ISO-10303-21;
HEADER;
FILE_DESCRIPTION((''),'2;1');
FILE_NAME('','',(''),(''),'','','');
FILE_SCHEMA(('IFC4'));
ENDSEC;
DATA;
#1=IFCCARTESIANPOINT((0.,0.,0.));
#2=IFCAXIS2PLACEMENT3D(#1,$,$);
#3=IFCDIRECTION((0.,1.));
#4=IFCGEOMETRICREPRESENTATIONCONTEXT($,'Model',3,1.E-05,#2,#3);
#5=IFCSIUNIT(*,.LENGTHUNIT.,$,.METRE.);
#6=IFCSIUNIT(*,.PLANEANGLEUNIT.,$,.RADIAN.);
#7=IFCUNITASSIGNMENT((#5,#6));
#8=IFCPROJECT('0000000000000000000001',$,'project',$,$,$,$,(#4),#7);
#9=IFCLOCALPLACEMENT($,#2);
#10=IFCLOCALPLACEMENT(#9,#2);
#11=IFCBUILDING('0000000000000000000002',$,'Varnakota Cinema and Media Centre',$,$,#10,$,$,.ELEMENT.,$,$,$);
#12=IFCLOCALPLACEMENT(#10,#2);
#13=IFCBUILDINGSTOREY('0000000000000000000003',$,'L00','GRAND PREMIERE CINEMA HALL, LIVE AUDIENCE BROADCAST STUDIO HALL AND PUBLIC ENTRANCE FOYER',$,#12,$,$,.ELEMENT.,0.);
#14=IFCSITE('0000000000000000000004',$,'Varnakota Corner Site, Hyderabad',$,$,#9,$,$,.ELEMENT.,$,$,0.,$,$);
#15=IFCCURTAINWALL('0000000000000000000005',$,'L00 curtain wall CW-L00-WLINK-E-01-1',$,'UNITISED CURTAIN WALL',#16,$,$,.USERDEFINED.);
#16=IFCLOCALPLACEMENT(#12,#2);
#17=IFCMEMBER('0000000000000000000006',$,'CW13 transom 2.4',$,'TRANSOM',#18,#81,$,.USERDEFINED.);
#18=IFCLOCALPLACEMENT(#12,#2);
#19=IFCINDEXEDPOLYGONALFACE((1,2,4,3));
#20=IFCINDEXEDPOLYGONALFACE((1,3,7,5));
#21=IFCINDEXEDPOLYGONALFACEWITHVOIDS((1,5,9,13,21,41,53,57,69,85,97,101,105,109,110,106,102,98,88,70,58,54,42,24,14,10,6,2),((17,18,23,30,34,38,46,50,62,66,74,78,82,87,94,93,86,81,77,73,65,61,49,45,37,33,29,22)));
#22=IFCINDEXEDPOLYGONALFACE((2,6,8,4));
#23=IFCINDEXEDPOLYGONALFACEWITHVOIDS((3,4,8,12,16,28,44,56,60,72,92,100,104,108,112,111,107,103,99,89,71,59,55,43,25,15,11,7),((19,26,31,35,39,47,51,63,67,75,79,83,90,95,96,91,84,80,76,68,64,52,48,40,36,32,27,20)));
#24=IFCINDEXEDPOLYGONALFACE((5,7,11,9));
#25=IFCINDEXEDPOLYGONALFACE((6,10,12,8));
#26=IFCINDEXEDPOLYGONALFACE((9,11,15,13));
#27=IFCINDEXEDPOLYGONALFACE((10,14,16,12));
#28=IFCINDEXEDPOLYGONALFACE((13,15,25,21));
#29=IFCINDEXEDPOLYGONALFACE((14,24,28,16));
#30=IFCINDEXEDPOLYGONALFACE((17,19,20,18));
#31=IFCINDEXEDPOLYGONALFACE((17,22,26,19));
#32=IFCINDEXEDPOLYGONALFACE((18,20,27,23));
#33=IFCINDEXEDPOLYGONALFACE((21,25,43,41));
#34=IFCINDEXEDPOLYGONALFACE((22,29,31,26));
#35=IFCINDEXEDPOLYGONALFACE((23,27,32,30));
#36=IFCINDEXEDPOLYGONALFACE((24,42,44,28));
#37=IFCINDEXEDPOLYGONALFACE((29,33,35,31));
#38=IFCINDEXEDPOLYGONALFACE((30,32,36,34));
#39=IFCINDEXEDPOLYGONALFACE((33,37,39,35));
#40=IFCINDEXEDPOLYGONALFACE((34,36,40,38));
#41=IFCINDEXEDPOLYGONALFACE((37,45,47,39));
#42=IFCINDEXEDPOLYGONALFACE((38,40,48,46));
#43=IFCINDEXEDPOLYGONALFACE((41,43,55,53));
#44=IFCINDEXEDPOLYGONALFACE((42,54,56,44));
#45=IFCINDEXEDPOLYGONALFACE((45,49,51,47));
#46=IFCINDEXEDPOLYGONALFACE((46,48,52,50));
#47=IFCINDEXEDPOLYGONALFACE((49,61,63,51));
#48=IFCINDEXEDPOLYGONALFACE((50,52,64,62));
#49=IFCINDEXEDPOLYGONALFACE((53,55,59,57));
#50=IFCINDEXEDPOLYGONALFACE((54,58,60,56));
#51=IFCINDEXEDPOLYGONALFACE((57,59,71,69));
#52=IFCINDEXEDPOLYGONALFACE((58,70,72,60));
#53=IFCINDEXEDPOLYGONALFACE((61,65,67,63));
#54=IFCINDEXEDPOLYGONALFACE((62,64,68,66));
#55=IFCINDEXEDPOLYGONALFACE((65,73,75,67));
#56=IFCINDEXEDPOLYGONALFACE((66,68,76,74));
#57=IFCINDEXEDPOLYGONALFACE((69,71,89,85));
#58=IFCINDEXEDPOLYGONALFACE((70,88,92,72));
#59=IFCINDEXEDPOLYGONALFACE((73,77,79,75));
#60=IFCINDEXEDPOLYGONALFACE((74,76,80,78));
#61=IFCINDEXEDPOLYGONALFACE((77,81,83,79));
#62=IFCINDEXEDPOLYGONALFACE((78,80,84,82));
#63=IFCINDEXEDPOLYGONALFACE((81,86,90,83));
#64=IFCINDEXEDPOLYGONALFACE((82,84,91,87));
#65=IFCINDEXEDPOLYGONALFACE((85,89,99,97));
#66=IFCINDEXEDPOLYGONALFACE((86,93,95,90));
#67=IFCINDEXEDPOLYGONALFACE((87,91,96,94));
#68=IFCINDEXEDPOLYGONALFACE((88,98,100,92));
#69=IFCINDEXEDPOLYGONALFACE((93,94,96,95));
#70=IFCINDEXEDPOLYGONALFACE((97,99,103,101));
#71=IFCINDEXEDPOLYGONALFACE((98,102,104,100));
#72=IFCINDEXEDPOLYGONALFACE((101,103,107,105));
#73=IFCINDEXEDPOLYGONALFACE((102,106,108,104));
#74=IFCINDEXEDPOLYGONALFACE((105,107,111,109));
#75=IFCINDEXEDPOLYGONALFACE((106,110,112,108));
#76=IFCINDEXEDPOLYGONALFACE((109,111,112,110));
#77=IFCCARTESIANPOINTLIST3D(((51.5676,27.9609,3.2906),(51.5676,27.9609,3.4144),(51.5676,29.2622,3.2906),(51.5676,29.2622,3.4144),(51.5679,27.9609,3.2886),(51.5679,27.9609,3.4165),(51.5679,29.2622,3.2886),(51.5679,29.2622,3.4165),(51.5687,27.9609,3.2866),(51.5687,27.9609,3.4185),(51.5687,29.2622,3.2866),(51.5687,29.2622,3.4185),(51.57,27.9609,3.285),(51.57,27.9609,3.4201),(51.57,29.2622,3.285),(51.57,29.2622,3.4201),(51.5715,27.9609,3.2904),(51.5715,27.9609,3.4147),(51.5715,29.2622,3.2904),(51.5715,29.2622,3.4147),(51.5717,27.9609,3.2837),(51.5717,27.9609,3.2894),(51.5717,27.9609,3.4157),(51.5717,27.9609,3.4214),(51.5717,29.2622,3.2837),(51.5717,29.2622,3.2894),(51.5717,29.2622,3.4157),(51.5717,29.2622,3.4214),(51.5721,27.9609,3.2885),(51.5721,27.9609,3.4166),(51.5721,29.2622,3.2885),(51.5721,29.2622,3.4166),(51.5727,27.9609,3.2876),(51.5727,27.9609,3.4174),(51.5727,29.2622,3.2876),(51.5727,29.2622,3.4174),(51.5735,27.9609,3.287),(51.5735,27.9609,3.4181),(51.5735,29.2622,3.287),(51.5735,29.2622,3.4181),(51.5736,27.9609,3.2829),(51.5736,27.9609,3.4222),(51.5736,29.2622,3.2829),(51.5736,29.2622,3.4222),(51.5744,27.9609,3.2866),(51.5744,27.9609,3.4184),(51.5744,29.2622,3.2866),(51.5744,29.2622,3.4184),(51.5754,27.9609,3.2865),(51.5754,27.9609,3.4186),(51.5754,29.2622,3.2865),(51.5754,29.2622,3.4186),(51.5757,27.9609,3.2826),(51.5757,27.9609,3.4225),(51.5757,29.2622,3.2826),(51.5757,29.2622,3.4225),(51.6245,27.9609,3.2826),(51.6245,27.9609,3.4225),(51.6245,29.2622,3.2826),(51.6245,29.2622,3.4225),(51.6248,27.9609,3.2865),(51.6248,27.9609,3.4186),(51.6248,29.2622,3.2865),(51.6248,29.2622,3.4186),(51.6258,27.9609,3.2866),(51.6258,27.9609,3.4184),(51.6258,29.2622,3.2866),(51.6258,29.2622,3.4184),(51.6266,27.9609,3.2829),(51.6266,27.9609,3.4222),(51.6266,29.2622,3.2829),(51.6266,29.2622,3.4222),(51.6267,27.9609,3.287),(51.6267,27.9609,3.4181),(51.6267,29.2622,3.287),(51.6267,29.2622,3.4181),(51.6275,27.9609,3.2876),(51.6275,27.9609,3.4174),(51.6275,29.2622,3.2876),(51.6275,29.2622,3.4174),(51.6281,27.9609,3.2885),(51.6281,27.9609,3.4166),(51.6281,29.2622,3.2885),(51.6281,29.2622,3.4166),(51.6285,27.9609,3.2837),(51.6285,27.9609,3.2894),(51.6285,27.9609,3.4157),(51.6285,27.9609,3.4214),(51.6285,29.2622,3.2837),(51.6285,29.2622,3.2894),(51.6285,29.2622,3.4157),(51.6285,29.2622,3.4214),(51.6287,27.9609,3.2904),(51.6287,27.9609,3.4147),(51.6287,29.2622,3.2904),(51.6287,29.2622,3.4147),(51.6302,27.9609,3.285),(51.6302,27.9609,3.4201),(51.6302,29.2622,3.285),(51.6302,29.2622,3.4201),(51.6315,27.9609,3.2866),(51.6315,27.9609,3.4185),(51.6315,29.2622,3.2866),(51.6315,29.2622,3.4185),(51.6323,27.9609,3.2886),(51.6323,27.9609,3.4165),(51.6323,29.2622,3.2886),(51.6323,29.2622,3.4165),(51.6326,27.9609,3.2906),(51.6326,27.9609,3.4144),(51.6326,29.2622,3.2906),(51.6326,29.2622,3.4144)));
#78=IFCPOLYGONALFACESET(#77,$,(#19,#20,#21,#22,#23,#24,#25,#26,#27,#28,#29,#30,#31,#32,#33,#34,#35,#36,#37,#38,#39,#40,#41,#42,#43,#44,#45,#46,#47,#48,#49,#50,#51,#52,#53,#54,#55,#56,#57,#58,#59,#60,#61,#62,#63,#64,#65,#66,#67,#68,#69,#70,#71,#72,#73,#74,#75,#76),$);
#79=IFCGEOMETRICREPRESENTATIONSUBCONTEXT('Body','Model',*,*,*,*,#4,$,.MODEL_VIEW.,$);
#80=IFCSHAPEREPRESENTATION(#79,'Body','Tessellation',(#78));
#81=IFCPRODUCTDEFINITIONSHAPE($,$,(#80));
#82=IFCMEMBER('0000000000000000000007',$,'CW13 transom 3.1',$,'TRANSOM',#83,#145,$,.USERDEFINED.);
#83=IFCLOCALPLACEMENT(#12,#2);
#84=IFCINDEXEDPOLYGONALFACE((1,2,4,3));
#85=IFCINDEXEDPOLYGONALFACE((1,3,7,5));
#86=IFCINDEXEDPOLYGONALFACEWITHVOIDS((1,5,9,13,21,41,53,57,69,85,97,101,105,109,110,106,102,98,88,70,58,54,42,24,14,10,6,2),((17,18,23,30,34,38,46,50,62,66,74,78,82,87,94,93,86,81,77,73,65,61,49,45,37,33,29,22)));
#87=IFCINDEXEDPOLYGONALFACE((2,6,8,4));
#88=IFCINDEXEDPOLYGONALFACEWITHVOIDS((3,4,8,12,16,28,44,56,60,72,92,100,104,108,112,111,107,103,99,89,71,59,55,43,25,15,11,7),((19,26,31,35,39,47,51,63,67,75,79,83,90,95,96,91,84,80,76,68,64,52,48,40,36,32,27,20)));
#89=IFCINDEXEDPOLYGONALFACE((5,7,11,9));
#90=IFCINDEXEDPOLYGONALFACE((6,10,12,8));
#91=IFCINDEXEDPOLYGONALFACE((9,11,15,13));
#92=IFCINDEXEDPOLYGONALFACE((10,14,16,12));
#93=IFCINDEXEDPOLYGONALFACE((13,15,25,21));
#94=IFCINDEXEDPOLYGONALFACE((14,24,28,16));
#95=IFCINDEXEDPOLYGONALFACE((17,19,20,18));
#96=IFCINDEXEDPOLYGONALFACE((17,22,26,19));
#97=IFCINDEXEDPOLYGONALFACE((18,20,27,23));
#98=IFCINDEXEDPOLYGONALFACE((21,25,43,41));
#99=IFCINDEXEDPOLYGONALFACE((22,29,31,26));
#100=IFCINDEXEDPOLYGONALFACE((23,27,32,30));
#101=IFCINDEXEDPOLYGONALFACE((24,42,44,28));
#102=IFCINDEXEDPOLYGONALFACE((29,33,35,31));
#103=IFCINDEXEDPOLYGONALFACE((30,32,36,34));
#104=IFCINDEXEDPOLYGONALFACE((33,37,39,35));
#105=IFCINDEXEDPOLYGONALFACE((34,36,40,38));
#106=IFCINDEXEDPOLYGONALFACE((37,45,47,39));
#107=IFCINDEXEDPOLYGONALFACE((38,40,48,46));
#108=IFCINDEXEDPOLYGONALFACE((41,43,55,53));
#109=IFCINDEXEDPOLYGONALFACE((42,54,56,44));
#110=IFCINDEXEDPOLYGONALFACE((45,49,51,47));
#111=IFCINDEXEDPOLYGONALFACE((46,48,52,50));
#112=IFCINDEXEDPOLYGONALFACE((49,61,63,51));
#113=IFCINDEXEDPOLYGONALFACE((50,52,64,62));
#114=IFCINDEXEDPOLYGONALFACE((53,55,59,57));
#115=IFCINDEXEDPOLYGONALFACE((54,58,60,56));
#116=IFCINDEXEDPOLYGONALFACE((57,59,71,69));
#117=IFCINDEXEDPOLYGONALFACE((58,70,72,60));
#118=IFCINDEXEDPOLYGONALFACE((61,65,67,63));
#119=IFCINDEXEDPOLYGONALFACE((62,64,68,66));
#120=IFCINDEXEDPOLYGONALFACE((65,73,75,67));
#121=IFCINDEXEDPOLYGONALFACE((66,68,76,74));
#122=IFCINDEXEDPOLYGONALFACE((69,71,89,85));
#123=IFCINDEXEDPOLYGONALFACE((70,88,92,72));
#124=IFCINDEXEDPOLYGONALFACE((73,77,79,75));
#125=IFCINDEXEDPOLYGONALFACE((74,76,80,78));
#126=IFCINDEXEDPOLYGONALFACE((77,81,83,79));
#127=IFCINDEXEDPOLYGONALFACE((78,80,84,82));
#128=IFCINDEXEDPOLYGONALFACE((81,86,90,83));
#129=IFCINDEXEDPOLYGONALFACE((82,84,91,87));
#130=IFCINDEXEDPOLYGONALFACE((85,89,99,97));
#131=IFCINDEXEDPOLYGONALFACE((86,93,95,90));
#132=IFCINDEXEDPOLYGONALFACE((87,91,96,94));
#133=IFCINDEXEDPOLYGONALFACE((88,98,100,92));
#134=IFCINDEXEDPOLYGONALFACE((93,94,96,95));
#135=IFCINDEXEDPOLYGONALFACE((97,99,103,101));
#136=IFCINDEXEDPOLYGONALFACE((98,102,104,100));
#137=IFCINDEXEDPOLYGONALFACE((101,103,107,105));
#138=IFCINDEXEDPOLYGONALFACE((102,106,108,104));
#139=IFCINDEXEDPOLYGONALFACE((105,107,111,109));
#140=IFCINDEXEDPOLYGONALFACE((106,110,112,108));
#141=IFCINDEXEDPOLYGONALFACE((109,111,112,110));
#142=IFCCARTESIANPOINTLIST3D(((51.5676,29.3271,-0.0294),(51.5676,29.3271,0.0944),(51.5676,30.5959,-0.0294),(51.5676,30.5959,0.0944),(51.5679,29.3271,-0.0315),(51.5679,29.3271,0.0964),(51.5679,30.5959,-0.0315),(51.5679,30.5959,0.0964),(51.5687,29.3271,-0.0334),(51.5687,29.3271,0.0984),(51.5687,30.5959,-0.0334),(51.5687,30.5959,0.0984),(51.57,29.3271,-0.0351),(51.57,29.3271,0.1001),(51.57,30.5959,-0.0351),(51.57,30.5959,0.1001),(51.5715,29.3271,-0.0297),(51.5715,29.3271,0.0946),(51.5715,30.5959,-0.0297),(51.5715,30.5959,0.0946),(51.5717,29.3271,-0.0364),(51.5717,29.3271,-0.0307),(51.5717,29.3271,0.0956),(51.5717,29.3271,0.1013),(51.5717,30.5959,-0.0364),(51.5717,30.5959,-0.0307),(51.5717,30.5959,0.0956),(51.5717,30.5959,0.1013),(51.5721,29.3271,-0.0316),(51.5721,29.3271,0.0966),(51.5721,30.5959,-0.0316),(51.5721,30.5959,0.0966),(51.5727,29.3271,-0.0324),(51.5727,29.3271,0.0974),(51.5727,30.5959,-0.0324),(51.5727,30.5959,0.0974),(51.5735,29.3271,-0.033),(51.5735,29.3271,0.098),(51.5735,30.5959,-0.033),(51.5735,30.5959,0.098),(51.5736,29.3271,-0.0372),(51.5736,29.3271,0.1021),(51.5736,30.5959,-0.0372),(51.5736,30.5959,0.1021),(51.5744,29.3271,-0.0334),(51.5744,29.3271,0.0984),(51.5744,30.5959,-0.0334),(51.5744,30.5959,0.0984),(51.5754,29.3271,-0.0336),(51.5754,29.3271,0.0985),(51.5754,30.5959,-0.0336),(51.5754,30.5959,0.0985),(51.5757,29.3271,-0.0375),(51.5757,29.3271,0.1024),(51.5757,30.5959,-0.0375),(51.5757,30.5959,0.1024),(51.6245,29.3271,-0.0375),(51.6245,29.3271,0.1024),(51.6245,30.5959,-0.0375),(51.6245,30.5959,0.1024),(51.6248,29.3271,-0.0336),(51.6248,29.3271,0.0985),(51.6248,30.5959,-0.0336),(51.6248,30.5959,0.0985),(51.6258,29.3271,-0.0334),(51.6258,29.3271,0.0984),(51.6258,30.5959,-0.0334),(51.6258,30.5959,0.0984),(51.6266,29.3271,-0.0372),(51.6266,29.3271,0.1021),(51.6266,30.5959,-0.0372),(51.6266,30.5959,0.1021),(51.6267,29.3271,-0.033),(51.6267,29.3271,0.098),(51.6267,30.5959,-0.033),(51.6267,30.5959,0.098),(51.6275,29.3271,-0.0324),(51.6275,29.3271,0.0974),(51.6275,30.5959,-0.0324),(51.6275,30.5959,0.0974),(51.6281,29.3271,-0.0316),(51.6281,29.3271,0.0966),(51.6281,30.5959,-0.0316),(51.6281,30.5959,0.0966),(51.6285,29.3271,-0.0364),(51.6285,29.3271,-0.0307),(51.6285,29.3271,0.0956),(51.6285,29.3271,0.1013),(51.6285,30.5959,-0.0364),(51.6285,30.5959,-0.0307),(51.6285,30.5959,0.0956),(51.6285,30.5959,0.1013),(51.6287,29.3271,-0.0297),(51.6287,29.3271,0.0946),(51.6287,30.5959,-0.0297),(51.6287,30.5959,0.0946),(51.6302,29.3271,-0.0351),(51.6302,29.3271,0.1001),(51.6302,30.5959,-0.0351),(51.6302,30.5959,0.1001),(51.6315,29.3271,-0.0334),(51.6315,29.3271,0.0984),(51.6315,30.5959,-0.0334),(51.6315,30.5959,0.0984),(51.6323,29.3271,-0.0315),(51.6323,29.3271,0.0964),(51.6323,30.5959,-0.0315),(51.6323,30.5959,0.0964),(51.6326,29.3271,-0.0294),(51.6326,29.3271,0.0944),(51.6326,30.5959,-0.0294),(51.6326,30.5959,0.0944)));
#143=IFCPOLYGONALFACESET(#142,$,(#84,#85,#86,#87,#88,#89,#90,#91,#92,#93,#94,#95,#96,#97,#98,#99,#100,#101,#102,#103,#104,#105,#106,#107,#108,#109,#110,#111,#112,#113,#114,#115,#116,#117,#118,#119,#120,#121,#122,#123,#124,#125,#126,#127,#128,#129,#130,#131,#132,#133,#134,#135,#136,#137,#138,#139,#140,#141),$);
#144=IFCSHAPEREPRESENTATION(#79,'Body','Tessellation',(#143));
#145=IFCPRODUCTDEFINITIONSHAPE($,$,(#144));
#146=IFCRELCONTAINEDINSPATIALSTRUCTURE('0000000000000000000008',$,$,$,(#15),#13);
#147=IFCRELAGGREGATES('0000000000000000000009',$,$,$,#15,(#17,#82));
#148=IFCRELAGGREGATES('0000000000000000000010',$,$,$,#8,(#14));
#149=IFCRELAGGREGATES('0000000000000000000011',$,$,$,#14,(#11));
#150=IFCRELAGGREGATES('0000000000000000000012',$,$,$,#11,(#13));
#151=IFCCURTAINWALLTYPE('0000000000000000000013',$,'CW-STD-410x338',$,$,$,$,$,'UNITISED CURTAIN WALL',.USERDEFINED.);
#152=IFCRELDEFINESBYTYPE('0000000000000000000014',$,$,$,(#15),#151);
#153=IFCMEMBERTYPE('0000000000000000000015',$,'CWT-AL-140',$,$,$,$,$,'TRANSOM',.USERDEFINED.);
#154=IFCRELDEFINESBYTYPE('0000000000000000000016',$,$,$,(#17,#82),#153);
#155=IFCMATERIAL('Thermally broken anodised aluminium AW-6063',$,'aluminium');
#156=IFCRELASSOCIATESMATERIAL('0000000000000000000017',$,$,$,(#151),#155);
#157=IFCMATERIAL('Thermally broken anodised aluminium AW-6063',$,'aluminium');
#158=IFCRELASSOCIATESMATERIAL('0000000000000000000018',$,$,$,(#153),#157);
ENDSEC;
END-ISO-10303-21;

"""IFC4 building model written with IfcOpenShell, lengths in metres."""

from ifc_helpers import new_model, si_unit, direction, frame, origin, origin_2d, place, context, subcontext, project, spatial, hollow_rectangle, extrude, material, material_profile, profile_set, type_object, element, aggregate, save


model = new_model("IFC4")

# Units and contexts
model_context = context("Model", 3, precision=1e-05, world=origin(), true_north=direction((0.0, 1.0)))
body_context = subcontext(model_context, "Body", "Model", "MODEL_VIEW")
ifc_project = project(units=[si_unit("LENGTHUNIT", "METRE"), si_unit("PLANEANGLEUNIT", "RADIAN")], contexts=[model_context])

# Site, building, storey
site_placement = place(None, origin())
site = spatial("IfcSite", under=ifc_project, at=site_placement, Name="Varnakota Corner Site, Hyderabad", CompositionType="ELEMENT", RefElevation=0.0)
building_placement = place(site_placement, origin())
building = spatial("IfcBuilding", under=site, at=building_placement, Name="Varnakota Cinema and Media Centre", CompositionType="ELEMENT")
storey_placement = place(building_placement, origin())
storey = spatial("IfcBuildingStorey", under=building, at=storey_placement, Name="L00", Description="GRAND PREMIERE CINEMA HALL, LIVE AUDIENCE BROADCAST STUDIO HALL AND PUBLIC ENTRANCE FOYER", CompositionType="ELEMENT", Elevation=0.0)

# Curtain wall, members
ifc_material_1 = material(Name="Thermally broken anodised aluminium AW-6063", Category="aluminium")
curtain_wall_type = type_object("IfcCurtainWallType", Name="CW-STD-410x338", ElementType="UNITISED CURTAIN WALL", PredefinedType="USERDEFINED", material=ifc_material_1)
curtain_wall_placement = place(storey_placement, origin())
curtain_wall = element("IfcCurtainWall", 1, at=curtain_wall_placement, inside=storey, type_object=curtain_wall_type, Name="L00 curtain wall CW-L00-WLINK-E-01-1", ObjectType="UNITISED CURTAIN WALL", PredefinedType="USERDEFINED")
ifc_material_2 = material(Name="Thermally broken anodised aluminium AW-6063", Category="aluminium")
ifc_material_profile_1 = material_profile(ifc_material_2, hollow_rectangle(XDim=0.0649, YDim=0.1399, WallThickness=0.0039, InnerFilletRadius=0.0039, OuterFilletRadius=0.0081, at=origin_2d()), Name="AL-TRANSOM 140x65x4")
ifc_profile_set_1 = profile_set([ifc_material_profile_1], Name="Thermally broken anodised aluminium AW-6063")
member_type_1 = type_object("IfcMemberType", Name="CWT-AL-140", ElementType="TRANSOM", PredefinedType="USERDEFINED", material=ifc_profile_set_1)
member_1_placement = place(storey_placement, frame((51.6001, 27.9609, 3.3525), z_axis=(0.0, 1.0, 0.0), x_axis=(-1.0, 0.0, 0.0)))
member_1 = element("IfcMember", 2, at=member_1_placement, type_object=member_type_1, Name="CW13 transom 2.4", ObjectType="TRANSOM", PredefinedType="USERDEFINED", context=body_context, shape_type="SweptSolid", body=[
    extrude(hollow_rectangle(XDim=0.0649, YDim=0.1399, WallThickness=0.0039, InnerFilletRadius=0.0039, OuterFilletRadius=0.0081, at=origin_2d()), origin(), (0.0, 0.0, 1.0), 1.3013),
])
member_2_placement = place(storey_placement, frame((51.6001, 29.3271, 0.0325), z_axis=(0.0, 1.0, 0.0), x_axis=(-1.0, 0.0, 0.0)))
member_2 = element("IfcMember", 3, at=member_2_placement, type_object=member_type_1, Name="CW13 transom 3.1", ObjectType="TRANSOM", PredefinedType="USERDEFINED", context=body_context, shape_type="SweptSolid", body=[
    extrude(hollow_rectangle(XDim=0.0649, YDim=0.1399, WallThickness=0.0039, InnerFilletRadius=0.0039, OuterFilletRadius=0.0081, at=origin_2d()), origin(), (0.0, 0.0, 1.0), 1.2688),
])
aggregate(curtain_wall, [member_1, member_2])

save(model, "model.ifc")
